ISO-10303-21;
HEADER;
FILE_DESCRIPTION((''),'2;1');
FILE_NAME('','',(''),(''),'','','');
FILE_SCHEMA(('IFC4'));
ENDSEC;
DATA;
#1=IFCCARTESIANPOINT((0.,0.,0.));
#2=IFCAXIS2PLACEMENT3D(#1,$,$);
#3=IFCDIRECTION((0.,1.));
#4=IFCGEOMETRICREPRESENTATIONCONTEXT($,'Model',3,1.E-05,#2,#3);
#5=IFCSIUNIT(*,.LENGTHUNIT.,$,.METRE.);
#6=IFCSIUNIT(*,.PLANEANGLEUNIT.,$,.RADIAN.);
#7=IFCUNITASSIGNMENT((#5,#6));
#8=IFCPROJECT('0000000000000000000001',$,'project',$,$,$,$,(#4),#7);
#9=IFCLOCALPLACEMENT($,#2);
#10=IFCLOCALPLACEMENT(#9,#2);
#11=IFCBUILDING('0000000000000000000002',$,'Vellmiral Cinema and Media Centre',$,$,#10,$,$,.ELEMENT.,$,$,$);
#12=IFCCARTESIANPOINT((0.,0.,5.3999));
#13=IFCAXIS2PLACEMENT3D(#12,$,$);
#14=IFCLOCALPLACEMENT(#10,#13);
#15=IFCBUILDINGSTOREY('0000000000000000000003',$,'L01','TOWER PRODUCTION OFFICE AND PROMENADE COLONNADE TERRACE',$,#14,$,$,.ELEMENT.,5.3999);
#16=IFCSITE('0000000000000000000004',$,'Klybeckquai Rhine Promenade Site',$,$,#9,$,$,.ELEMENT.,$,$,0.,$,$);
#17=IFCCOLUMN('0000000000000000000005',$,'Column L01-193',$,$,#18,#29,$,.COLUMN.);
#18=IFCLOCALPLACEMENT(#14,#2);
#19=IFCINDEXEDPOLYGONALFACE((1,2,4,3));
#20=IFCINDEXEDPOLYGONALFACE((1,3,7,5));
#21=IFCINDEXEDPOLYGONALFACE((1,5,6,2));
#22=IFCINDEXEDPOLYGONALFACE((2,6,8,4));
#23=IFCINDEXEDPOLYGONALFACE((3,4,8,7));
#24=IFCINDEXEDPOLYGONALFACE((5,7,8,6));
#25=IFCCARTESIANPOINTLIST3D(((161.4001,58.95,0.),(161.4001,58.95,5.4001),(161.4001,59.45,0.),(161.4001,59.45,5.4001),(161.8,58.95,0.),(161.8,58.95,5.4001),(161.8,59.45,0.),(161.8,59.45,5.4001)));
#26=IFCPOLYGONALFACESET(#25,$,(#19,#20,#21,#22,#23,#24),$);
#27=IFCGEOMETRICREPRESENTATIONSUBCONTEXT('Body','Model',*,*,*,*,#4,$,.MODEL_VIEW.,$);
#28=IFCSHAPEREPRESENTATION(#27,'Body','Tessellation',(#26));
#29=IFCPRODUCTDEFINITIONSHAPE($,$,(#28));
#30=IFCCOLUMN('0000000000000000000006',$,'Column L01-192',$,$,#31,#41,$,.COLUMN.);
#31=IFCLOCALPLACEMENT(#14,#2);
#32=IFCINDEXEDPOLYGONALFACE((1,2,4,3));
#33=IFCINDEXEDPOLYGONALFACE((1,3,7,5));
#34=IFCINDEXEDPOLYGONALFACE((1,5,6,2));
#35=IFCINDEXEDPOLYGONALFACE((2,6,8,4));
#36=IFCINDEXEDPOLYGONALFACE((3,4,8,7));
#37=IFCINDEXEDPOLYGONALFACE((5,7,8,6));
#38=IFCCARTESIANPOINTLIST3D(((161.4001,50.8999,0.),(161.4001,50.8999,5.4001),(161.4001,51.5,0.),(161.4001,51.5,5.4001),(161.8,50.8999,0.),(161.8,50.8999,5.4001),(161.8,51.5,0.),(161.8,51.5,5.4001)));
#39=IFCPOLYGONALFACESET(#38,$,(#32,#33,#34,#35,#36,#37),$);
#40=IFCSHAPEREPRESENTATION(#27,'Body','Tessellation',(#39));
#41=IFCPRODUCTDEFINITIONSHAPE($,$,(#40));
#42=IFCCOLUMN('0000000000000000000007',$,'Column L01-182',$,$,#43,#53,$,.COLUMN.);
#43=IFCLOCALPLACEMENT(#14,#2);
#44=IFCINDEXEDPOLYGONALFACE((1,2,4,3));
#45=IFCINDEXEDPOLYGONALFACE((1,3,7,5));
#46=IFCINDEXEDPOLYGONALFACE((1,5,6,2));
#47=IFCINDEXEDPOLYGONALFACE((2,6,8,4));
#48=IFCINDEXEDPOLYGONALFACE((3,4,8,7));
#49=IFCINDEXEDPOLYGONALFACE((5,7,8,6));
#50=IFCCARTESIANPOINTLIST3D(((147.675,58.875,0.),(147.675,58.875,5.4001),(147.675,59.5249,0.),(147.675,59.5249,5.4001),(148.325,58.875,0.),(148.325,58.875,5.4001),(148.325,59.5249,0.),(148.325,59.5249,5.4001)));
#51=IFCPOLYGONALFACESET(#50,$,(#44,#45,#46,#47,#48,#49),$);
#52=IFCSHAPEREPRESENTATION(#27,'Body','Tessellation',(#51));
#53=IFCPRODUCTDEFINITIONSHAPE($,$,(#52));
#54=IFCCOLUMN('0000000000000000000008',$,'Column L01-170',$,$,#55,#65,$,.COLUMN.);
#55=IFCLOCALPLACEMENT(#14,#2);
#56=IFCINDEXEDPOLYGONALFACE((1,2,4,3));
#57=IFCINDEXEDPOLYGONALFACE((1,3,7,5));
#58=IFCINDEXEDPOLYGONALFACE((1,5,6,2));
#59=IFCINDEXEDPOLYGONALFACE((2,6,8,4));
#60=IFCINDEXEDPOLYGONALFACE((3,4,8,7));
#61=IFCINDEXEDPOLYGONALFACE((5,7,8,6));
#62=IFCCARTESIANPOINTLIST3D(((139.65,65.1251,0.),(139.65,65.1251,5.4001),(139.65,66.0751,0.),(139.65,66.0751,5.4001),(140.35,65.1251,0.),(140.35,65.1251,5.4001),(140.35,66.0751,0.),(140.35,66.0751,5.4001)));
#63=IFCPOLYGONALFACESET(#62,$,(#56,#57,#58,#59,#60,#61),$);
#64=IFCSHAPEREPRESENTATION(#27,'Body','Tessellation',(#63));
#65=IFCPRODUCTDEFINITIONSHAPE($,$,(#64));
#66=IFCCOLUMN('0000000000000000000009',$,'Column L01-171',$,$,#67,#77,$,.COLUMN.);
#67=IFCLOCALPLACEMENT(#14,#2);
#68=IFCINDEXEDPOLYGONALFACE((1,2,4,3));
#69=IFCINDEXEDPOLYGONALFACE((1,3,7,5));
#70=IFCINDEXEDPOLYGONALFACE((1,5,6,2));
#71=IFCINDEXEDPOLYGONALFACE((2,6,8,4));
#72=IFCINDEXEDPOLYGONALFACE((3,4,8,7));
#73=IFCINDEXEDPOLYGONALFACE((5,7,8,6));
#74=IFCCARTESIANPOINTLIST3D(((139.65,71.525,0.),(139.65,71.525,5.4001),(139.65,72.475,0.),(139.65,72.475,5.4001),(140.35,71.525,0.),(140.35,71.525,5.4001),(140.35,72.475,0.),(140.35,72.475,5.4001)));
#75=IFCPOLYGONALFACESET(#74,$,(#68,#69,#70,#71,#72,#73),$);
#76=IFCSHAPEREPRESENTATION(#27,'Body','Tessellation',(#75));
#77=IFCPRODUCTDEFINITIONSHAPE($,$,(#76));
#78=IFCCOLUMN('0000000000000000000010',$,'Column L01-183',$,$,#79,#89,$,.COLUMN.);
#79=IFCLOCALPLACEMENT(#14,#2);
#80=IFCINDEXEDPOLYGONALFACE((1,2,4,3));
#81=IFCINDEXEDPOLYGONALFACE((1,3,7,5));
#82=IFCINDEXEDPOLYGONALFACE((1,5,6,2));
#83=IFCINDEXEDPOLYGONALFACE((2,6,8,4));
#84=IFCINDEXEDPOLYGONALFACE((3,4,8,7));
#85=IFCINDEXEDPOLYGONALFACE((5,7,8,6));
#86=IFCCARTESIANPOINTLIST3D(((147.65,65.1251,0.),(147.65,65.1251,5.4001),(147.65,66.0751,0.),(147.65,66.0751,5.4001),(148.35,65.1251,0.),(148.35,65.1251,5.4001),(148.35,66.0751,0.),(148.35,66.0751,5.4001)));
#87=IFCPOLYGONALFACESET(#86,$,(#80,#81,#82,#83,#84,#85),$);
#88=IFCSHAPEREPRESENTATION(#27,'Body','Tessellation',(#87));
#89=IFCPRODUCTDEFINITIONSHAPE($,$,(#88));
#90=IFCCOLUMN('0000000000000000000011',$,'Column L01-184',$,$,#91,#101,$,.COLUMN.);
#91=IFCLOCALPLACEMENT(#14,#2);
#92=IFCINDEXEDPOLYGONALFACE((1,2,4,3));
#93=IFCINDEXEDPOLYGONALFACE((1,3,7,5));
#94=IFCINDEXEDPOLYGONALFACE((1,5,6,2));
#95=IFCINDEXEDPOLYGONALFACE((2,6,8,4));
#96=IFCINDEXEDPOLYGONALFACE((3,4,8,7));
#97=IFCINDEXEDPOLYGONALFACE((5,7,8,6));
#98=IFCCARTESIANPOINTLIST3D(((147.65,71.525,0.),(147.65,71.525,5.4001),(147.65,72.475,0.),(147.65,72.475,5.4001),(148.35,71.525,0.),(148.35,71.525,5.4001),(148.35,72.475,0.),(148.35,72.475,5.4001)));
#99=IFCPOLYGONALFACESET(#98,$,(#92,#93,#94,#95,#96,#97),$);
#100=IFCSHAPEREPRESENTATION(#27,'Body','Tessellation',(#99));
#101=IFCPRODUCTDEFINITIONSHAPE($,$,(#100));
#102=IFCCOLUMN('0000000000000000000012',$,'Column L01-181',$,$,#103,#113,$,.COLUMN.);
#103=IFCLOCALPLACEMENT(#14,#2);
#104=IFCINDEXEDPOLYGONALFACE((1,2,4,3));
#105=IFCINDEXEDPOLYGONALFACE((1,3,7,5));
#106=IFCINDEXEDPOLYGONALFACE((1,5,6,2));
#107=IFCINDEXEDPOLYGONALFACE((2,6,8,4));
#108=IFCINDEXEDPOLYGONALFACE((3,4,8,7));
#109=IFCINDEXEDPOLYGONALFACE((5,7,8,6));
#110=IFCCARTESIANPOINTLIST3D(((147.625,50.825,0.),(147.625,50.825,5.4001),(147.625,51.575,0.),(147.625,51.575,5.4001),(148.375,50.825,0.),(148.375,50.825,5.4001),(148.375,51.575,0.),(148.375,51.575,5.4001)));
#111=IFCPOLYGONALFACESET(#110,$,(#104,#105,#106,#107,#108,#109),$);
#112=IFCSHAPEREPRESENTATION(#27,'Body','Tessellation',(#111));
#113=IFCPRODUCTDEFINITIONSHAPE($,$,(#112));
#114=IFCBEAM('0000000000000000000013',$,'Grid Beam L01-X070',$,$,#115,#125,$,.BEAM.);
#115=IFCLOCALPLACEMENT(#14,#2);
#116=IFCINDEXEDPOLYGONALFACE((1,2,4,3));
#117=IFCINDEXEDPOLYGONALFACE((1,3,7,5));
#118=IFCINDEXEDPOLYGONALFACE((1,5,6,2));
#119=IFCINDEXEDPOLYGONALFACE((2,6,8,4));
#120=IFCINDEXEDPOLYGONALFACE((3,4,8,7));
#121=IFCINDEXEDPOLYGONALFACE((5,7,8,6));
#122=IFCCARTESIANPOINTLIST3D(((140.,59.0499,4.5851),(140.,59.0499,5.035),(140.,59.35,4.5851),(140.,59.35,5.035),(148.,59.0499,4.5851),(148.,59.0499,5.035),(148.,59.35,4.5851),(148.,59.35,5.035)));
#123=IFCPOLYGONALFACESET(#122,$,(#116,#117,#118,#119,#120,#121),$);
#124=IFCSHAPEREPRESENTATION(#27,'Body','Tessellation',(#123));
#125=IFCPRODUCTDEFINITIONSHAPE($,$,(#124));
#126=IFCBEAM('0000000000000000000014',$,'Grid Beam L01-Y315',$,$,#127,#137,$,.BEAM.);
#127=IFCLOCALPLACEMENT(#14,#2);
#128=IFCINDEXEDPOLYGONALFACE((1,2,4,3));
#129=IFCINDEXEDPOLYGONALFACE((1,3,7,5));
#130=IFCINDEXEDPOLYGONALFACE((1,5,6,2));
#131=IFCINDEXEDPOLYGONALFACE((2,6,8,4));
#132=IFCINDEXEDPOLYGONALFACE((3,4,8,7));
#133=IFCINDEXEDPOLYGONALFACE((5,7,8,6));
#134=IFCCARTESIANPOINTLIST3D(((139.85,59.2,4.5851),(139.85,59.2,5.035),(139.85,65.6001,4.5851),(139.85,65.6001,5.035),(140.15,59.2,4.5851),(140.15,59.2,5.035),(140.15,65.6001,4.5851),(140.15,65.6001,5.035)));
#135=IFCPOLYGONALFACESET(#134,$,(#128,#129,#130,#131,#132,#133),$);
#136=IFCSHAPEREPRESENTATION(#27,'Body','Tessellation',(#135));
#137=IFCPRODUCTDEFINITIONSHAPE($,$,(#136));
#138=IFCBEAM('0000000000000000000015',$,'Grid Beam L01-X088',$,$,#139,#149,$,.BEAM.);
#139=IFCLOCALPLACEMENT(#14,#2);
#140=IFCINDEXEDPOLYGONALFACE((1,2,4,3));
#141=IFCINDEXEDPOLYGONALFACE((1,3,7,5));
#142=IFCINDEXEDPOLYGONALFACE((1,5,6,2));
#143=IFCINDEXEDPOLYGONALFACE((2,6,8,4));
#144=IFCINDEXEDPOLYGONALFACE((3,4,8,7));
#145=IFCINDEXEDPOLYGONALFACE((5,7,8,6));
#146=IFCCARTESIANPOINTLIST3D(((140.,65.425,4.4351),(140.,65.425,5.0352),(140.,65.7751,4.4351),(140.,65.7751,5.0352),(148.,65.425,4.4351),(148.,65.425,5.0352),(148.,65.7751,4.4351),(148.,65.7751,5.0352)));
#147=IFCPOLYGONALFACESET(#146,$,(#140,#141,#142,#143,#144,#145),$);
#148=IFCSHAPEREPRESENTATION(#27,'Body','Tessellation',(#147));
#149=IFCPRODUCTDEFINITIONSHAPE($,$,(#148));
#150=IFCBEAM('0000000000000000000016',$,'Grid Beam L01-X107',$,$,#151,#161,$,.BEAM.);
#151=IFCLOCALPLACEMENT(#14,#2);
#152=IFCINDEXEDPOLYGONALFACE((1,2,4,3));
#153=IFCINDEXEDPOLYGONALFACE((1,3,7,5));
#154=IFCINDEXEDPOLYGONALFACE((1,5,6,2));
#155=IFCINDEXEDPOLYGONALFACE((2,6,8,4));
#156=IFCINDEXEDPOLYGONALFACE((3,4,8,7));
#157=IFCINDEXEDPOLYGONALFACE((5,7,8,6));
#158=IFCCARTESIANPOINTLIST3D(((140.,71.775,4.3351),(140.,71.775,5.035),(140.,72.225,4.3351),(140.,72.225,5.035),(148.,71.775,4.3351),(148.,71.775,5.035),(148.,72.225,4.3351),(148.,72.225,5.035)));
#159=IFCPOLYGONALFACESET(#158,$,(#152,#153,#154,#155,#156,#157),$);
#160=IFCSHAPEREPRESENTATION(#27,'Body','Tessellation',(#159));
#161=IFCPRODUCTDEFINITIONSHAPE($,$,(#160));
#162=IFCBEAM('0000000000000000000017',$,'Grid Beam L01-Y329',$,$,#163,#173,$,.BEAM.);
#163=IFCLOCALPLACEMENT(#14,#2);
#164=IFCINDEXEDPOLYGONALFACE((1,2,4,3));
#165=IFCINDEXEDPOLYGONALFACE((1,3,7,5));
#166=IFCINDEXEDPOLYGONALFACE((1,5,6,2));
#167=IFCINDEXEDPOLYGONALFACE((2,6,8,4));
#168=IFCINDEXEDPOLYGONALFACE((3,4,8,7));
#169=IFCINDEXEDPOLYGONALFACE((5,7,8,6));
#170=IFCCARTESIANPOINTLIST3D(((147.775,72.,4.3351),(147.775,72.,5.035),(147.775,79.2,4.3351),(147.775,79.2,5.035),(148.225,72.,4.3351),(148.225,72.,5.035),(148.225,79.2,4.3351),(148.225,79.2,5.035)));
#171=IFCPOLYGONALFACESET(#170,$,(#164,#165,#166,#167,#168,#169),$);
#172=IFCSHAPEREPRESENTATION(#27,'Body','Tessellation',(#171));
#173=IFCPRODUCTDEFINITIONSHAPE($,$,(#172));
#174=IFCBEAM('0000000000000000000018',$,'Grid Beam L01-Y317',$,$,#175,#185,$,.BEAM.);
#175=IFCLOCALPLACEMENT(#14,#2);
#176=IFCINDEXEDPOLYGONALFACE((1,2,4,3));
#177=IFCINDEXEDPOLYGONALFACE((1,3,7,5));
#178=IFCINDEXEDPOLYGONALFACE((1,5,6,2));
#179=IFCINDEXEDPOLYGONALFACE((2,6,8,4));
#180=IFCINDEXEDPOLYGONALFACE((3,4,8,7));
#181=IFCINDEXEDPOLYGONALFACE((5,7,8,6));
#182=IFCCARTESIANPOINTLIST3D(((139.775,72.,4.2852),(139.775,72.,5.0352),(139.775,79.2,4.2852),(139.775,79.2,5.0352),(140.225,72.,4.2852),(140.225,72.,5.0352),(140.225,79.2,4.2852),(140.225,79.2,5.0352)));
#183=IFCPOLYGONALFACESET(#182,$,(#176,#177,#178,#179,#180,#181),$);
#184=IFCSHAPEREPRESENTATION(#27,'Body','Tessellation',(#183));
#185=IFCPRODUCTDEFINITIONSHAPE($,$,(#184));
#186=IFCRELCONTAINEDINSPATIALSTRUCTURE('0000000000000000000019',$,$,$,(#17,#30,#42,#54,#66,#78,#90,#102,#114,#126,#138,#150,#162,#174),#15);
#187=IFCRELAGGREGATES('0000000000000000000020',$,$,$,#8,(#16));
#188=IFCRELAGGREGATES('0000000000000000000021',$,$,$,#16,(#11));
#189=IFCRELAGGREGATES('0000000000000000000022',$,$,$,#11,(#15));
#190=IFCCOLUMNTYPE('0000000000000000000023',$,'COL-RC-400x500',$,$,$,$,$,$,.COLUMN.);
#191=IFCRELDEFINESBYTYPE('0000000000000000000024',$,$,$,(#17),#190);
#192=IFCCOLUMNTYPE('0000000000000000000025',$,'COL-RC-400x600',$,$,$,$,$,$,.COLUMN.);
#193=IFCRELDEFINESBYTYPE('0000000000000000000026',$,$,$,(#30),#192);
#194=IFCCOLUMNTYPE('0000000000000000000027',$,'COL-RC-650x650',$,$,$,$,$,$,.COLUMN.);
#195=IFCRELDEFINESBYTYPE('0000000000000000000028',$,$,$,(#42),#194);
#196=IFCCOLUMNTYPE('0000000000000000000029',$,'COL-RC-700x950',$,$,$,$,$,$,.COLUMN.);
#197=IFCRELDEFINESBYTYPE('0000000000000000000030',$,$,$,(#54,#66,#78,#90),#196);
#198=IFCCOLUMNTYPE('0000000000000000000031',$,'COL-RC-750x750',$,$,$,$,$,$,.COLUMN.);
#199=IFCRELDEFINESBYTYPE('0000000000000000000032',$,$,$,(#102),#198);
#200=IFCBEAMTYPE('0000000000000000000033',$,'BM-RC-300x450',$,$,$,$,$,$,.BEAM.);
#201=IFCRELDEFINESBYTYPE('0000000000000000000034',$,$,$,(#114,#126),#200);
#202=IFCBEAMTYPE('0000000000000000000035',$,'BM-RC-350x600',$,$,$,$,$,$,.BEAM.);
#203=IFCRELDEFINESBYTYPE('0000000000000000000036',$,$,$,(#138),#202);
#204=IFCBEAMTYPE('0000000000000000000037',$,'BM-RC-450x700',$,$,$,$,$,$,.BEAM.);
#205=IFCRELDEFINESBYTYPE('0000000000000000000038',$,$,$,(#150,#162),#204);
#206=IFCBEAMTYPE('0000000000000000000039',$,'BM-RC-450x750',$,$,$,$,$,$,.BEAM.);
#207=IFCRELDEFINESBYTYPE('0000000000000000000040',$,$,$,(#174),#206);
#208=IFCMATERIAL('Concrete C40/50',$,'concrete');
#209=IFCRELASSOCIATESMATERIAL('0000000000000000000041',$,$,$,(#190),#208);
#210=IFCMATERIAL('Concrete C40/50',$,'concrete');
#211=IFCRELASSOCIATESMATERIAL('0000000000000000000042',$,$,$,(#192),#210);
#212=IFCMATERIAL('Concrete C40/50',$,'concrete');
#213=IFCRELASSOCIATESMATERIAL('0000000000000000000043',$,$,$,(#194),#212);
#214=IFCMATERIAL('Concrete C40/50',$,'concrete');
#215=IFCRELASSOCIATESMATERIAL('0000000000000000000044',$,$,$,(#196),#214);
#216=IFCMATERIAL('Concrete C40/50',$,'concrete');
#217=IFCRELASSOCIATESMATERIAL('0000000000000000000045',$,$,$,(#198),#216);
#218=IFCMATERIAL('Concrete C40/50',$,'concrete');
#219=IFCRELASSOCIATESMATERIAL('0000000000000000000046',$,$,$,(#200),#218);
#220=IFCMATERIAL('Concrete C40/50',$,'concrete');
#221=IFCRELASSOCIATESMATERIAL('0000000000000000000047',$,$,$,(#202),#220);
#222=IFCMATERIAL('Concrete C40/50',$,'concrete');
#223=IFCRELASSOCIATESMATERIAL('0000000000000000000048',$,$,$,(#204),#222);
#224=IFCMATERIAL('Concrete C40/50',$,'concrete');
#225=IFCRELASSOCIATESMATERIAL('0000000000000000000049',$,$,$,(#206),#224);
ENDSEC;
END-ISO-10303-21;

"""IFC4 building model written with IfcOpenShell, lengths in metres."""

from ifc_helpers import new_model, si_unit, direction, frame, origin, origin_2d, place, context, subcontext, project, spatial, rectangle, extrude, material, material_profile, profile_set, type_object, element, save


model = new_model("IFC4")

# Units and contexts
model_context = context("Model", 3, precision=1e-05, world=origin(), true_north=direction((0.0, 1.0)))
body_context = subcontext(model_context, "Body", "Model", "MODEL_VIEW")
ifc_project = project(units=[si_unit("LENGTHUNIT", "METRE"), si_unit("PLANEANGLEUNIT", "RADIAN")], contexts=[model_context])

# Site, building, storey
site_placement = place(None, origin())
site = spatial("IfcSite", under=ifc_project, at=site_placement, Name="Klybeckquai Rhine Promenade Site", CompositionType="ELEMENT", RefElevation=0.0)
building_placement = place(site_placement, origin())
building = spatial("IfcBuilding", under=site, at=building_placement, Name="Vellmiral Cinema and Media Centre", CompositionType="ELEMENT")
storey_placement = place(building_placement, frame((0.0, 0.0, 5.3999)))
storey = spatial("IfcBuildingStorey", under=building, at=storey_placement, Name="L01", Description="TOWER PRODUCTION OFFICE AND PROMENADE COLONNADE TERRACE", CompositionType="ELEMENT", Elevation=5.3999)

# Columns
ifc_material_1 = material(Name="Concrete C40/50", Category="concrete")
ifc_material_profile_1 = material_profile(ifc_material_1, rectangle(XDim=0.3999, YDim=0.5, at=origin_2d()), Name="RC 400x500")
ifc_profile_set_1 = profile_set([ifc_material_profile_1], Name="Concrete C40/50")
column_type_1 = type_object("IfcColumnType", Name="COL-RC-400x500", PredefinedType="COLUMN", material=ifc_profile_set_1)
column_1_placement = place(storey_placement, frame((161.6001, 59.2, 0.0), z_axis=(0.0, 0.0, 1.0), x_axis=(1.0, 0.0, 0.0)))
element("IfcColumn", 1, at=column_1_placement, inside=storey, type_object=column_type_1, Name="Column L01-193", PredefinedType="COLUMN", context=body_context, shape_type="SweptSolid", body=[
    extrude(rectangle(XDim=0.3999, YDim=0.5, at=origin_2d()), origin(), (0.0, 0.0, 1.0), 5.4001),
])
ifc_material_2 = material(Name="Concrete C40/50", Category="concrete")
ifc_material_profile_2 = material_profile(ifc_material_2, rectangle(XDim=0.3999, YDim=0.6001, at=origin_2d()), Name="RC 400x600")
ifc_profile_set_2 = profile_set([ifc_material_profile_2], Name="Concrete C40/50")
column_type_2 = type_object("IfcColumnType", Name="COL-RC-400x600", PredefinedType="COLUMN", material=ifc_profile_set_2)
column_2_placement = place(storey_placement, frame((161.6001, 51.2, 0.0), z_axis=(0.0, 0.0, 1.0), x_axis=(1.0, 0.0, 0.0)))
element("IfcColumn", 2, at=column_2_placement, inside=storey, type_object=column_type_2, Name="Column L01-192", PredefinedType="COLUMN", context=body_context, shape_type="SweptSolid", body=[
    extrude(rectangle(XDim=0.3999, YDim=0.6001, at=origin_2d()), origin(), (0.0, 0.0, 1.0), 5.4001),
])
ifc_material_3 = material(Name="Concrete C40/50", Category="concrete")
ifc_material_profile_3 = material_profile(ifc_material_3, rectangle(XDim=0.6499, YDim=0.6499, at=origin_2d()), Name="RC 650x650")
ifc_profile_set_3 = profile_set([ifc_material_profile_3], Name="Concrete C40/50")
column_type_3 = type_object("IfcColumnType", Name="COL-RC-650x650", PredefinedType="COLUMN", material=ifc_profile_set_3)
column_3_placement = place(storey_placement, frame((148.0, 59.2, 0.0), z_axis=(0.0, 0.0, 1.0), x_axis=(1.0, 0.0, 0.0)))
element("IfcColumn", 3, at=column_3_placement, inside=storey, type_object=column_type_3, Name="Column L01-182", PredefinedType="COLUMN", context=body_context, shape_type="SweptSolid", body=[
    extrude(rectangle(XDim=0.6499, YDim=0.6499, at=origin_2d()), origin(), (0.0, 0.0, 1.0), 5.4001),
])
ifc_material_4 = material(Name="Concrete C40/50", Category="concrete")
ifc_material_profile_4 = material_profile(ifc_material_4, rectangle(XDim=0.7, YDim=0.95, at=origin_2d()), Name="RC 700x950")
ifc_profile_set_4 = profile_set([ifc_material_profile_4], Name="Concrete C40/50")
column_type_4 = type_object("IfcColumnType", Name="COL-RC-700x950", PredefinedType="COLUMN", material=ifc_profile_set_4)
for number, where, z_axis, x_axis, name in (
    (4, (140.0, 65.6001, 0.0), (0.0, 0.0, 1.0), (1.0, 0.0, 0.0), "Column L01-170"),
    (5, (140.0, 72.0, 0.0), (0.0, 0.0, 1.0), (1.0, 0.0, 0.0), "Column L01-171"),
    (6, (148.0, 65.6001, 0.0), (0.0, 0.0, 1.0), (1.0, 0.0, 0.0), "Column L01-183"),
    (7, (148.0, 72.0, 0.0), (0.0, 0.0, 1.0), (1.0, 0.0, 0.0), "Column L01-184"),
):
    element("IfcColumn", number, at=place(storey_placement, frame(where, z_axis=z_axis, x_axis=x_axis)), inside=storey, type_object=column_type_4, Name=name, PredefinedType="COLUMN", context=body_context, shape_type="SweptSolid", body=[
        extrude(rectangle(XDim=0.7, YDim=0.95, at=origin_2d()), origin(), (0.0, 0.0, 1.0), 5.4001),
    ])
ifc_material_5 = material(Name="Concrete C40/50", Category="concrete")
ifc_material_profile_5 = material_profile(ifc_material_5, rectangle(XDim=0.75, YDim=0.75, at=origin_2d()), Name="RC 750x750")
ifc_profile_set_5 = profile_set([ifc_material_profile_5], Name="Concrete C40/50")
column_type_5 = type_object("IfcColumnType", Name="COL-RC-750x750", PredefinedType="COLUMN", material=ifc_profile_set_5)
column_4_placement = place(storey_placement, frame((148.0, 51.2, 0.0), z_axis=(0.0, 0.0, 1.0), x_axis=(1.0, 0.0, 0.0)))
element("IfcColumn", 8, at=column_4_placement, inside=storey, type_object=column_type_5, Name="Column L01-181", PredefinedType="COLUMN", context=body_context, shape_type="SweptSolid", body=[
    extrude(rectangle(XDim=0.75, YDim=0.75, at=origin_2d()), origin(), (0.0, 0.0, 1.0), 5.4001),
])

# Beams
ifc_material_6 = material(Name="Concrete C40/50", Category="concrete")
ifc_material_profile_6 = material_profile(ifc_material_6, rectangle(XDim=0.3, YDim=0.45, at=origin_2d()), Name="RC 300x450")
ifc_profile_set_6 = profile_set([ifc_material_profile_6], Name="Concrete C40/50")
beam_type_1 = type_object("IfcBeamType", Name="BM-RC-300x450", PredefinedType="BEAM", material=ifc_profile_set_6)
beam_1_placement = place(storey_placement, frame((140.0, 59.2, 4.8101), z_axis=(1.0, 0.0, 0.0), x_axis=(0.0, 1.0, 0.0)))
element("IfcBeam", 9, at=beam_1_placement, inside=storey, type_object=beam_type_1, Name="Grid Beam L01-X070", PredefinedType="BEAM", context=body_context, shape_type="SweptSolid", body=[
    extrude(rectangle(XDim=0.3, YDim=0.45, at=origin_2d()), origin(), (0.0, 0.0, 1.0), 8.0),
])
beam_2_placement = place(storey_placement, frame((140.0, 59.2, 4.8101), z_axis=(0.0, 1.0, 0.0), x_axis=(-1.0, 0.0, 0.0)))
element("IfcBeam", 10, at=beam_2_placement, inside=storey, type_object=beam_type_1, Name="Grid Beam L01-Y315", PredefinedType="BEAM", context=body_context, shape_type="SweptSolid", body=[
    extrude(rectangle(XDim=0.3, YDim=0.45, at=origin_2d()), origin(), (0.0, 0.0, 1.0), 6.4001),
])
ifc_material_7 = material(Name="Concrete C40/50", Category="concrete")
ifc_material_profile_7 = material_profile(ifc_material_7, rectangle(XDim=0.3501, YDim=0.6001, at=origin_2d()), Name="RC 350x600")
ifc_profile_set_7 = profile_set([ifc_material_profile_7], Name="Concrete C40/50")
beam_type_2 = type_object("IfcBeamType", Name="BM-RC-350x600", PredefinedType="BEAM", material=ifc_profile_set_7)
beam_3_placement = place(storey_placement, frame((140.0, 65.6001, 4.7351), z_axis=(1.0, 0.0, 0.0), x_axis=(0.0, 1.0, 0.0)))
element("IfcBeam", 11, at=beam_3_placement, inside=storey, type_object=beam_type_2, Name="Grid Beam L01-X088", PredefinedType="BEAM", context=body_context, shape_type="SweptSolid", body=[
    extrude(rectangle(XDim=0.3501, YDim=0.6001, at=origin_2d()), origin(), (0.0, 0.0, 1.0), 8.0),
])
ifc_material_8 = material(Name="Concrete C40/50", Category="concrete")
ifc_material_profile_8 = material_profile(ifc_material_8, rectangle(XDim=0.45, YDim=0.7, at=origin_2d()), Name="RC 450x700")
ifc_profile_set_8 = profile_set([ifc_material_profile_8], Name="Concrete C40/50")
beam_type_3 = type_object("IfcBeamType", Name="BM-RC-450x700", PredefinedType="BEAM", material=ifc_profile_set_8)
beam_4_placement = place(storey_placement, frame((140.0, 72.0, 4.6851), z_axis=(1.0, 0.0, 0.0), x_axis=(0.0, 1.0, 0.0)))
element("IfcBeam", 12, at=beam_4_placement, inside=storey, type_object=beam_type_3, Name="Grid Beam L01-X107", PredefinedType="BEAM", context=body_context, shape_type="SweptSolid", body=[
    extrude(rectangle(XDim=0.45, YDim=0.7, at=origin_2d()), origin(), (0.0, 0.0, 1.0), 8.0),
])
beam_5_placement = place(storey_placement, frame((148.0, 72.0, 4.6851), z_axis=(0.0, 1.0, 0.0), x_axis=(-1.0, 0.0, 0.0)))
element("IfcBeam", 13, at=beam_5_placement, inside=storey, type_object=beam_type_3, Name="Grid Beam L01-Y329", PredefinedType="BEAM", context=body_context, shape_type="SweptSolid", body=[
    extrude(rectangle(XDim=0.45, YDim=0.7, at=origin_2d()), origin(), (0.0, 0.0, 1.0), 7.2),
])
ifc_material_9 = material(Name="Concrete C40/50", Category="concrete")
ifc_material_profile_9 = material_profile(ifc_material_9, rectangle(XDim=0.45, YDim=0.75, at=origin_2d()), Name="RC 450x750")
ifc_profile_set_9 = profile_set([ifc_material_profile_9], Name="Concrete C40/50")
beam_type_4 = type_object("IfcBeamType", Name="BM-RC-450x750", PredefinedType="BEAM", material=ifc_profile_set_9)
beam_6_placement = place(storey_placement, frame((140.0, 72.0, 4.6602), z_axis=(0.0, 1.0, 0.0), x_axis=(-1.0, 0.0, 0.0)))
element("IfcBeam", 14, at=beam_6_placement, inside=storey, type_object=beam_type_4, Name="Grid Beam L01-Y317", PredefinedType="BEAM", context=body_context, shape_type="SweptSolid", body=[
    extrude(rectangle(XDim=0.45, YDim=0.75, at=origin_2d()), origin(), (0.0, 0.0, 1.0), 7.2),
])

save(model, "model.ifc")
